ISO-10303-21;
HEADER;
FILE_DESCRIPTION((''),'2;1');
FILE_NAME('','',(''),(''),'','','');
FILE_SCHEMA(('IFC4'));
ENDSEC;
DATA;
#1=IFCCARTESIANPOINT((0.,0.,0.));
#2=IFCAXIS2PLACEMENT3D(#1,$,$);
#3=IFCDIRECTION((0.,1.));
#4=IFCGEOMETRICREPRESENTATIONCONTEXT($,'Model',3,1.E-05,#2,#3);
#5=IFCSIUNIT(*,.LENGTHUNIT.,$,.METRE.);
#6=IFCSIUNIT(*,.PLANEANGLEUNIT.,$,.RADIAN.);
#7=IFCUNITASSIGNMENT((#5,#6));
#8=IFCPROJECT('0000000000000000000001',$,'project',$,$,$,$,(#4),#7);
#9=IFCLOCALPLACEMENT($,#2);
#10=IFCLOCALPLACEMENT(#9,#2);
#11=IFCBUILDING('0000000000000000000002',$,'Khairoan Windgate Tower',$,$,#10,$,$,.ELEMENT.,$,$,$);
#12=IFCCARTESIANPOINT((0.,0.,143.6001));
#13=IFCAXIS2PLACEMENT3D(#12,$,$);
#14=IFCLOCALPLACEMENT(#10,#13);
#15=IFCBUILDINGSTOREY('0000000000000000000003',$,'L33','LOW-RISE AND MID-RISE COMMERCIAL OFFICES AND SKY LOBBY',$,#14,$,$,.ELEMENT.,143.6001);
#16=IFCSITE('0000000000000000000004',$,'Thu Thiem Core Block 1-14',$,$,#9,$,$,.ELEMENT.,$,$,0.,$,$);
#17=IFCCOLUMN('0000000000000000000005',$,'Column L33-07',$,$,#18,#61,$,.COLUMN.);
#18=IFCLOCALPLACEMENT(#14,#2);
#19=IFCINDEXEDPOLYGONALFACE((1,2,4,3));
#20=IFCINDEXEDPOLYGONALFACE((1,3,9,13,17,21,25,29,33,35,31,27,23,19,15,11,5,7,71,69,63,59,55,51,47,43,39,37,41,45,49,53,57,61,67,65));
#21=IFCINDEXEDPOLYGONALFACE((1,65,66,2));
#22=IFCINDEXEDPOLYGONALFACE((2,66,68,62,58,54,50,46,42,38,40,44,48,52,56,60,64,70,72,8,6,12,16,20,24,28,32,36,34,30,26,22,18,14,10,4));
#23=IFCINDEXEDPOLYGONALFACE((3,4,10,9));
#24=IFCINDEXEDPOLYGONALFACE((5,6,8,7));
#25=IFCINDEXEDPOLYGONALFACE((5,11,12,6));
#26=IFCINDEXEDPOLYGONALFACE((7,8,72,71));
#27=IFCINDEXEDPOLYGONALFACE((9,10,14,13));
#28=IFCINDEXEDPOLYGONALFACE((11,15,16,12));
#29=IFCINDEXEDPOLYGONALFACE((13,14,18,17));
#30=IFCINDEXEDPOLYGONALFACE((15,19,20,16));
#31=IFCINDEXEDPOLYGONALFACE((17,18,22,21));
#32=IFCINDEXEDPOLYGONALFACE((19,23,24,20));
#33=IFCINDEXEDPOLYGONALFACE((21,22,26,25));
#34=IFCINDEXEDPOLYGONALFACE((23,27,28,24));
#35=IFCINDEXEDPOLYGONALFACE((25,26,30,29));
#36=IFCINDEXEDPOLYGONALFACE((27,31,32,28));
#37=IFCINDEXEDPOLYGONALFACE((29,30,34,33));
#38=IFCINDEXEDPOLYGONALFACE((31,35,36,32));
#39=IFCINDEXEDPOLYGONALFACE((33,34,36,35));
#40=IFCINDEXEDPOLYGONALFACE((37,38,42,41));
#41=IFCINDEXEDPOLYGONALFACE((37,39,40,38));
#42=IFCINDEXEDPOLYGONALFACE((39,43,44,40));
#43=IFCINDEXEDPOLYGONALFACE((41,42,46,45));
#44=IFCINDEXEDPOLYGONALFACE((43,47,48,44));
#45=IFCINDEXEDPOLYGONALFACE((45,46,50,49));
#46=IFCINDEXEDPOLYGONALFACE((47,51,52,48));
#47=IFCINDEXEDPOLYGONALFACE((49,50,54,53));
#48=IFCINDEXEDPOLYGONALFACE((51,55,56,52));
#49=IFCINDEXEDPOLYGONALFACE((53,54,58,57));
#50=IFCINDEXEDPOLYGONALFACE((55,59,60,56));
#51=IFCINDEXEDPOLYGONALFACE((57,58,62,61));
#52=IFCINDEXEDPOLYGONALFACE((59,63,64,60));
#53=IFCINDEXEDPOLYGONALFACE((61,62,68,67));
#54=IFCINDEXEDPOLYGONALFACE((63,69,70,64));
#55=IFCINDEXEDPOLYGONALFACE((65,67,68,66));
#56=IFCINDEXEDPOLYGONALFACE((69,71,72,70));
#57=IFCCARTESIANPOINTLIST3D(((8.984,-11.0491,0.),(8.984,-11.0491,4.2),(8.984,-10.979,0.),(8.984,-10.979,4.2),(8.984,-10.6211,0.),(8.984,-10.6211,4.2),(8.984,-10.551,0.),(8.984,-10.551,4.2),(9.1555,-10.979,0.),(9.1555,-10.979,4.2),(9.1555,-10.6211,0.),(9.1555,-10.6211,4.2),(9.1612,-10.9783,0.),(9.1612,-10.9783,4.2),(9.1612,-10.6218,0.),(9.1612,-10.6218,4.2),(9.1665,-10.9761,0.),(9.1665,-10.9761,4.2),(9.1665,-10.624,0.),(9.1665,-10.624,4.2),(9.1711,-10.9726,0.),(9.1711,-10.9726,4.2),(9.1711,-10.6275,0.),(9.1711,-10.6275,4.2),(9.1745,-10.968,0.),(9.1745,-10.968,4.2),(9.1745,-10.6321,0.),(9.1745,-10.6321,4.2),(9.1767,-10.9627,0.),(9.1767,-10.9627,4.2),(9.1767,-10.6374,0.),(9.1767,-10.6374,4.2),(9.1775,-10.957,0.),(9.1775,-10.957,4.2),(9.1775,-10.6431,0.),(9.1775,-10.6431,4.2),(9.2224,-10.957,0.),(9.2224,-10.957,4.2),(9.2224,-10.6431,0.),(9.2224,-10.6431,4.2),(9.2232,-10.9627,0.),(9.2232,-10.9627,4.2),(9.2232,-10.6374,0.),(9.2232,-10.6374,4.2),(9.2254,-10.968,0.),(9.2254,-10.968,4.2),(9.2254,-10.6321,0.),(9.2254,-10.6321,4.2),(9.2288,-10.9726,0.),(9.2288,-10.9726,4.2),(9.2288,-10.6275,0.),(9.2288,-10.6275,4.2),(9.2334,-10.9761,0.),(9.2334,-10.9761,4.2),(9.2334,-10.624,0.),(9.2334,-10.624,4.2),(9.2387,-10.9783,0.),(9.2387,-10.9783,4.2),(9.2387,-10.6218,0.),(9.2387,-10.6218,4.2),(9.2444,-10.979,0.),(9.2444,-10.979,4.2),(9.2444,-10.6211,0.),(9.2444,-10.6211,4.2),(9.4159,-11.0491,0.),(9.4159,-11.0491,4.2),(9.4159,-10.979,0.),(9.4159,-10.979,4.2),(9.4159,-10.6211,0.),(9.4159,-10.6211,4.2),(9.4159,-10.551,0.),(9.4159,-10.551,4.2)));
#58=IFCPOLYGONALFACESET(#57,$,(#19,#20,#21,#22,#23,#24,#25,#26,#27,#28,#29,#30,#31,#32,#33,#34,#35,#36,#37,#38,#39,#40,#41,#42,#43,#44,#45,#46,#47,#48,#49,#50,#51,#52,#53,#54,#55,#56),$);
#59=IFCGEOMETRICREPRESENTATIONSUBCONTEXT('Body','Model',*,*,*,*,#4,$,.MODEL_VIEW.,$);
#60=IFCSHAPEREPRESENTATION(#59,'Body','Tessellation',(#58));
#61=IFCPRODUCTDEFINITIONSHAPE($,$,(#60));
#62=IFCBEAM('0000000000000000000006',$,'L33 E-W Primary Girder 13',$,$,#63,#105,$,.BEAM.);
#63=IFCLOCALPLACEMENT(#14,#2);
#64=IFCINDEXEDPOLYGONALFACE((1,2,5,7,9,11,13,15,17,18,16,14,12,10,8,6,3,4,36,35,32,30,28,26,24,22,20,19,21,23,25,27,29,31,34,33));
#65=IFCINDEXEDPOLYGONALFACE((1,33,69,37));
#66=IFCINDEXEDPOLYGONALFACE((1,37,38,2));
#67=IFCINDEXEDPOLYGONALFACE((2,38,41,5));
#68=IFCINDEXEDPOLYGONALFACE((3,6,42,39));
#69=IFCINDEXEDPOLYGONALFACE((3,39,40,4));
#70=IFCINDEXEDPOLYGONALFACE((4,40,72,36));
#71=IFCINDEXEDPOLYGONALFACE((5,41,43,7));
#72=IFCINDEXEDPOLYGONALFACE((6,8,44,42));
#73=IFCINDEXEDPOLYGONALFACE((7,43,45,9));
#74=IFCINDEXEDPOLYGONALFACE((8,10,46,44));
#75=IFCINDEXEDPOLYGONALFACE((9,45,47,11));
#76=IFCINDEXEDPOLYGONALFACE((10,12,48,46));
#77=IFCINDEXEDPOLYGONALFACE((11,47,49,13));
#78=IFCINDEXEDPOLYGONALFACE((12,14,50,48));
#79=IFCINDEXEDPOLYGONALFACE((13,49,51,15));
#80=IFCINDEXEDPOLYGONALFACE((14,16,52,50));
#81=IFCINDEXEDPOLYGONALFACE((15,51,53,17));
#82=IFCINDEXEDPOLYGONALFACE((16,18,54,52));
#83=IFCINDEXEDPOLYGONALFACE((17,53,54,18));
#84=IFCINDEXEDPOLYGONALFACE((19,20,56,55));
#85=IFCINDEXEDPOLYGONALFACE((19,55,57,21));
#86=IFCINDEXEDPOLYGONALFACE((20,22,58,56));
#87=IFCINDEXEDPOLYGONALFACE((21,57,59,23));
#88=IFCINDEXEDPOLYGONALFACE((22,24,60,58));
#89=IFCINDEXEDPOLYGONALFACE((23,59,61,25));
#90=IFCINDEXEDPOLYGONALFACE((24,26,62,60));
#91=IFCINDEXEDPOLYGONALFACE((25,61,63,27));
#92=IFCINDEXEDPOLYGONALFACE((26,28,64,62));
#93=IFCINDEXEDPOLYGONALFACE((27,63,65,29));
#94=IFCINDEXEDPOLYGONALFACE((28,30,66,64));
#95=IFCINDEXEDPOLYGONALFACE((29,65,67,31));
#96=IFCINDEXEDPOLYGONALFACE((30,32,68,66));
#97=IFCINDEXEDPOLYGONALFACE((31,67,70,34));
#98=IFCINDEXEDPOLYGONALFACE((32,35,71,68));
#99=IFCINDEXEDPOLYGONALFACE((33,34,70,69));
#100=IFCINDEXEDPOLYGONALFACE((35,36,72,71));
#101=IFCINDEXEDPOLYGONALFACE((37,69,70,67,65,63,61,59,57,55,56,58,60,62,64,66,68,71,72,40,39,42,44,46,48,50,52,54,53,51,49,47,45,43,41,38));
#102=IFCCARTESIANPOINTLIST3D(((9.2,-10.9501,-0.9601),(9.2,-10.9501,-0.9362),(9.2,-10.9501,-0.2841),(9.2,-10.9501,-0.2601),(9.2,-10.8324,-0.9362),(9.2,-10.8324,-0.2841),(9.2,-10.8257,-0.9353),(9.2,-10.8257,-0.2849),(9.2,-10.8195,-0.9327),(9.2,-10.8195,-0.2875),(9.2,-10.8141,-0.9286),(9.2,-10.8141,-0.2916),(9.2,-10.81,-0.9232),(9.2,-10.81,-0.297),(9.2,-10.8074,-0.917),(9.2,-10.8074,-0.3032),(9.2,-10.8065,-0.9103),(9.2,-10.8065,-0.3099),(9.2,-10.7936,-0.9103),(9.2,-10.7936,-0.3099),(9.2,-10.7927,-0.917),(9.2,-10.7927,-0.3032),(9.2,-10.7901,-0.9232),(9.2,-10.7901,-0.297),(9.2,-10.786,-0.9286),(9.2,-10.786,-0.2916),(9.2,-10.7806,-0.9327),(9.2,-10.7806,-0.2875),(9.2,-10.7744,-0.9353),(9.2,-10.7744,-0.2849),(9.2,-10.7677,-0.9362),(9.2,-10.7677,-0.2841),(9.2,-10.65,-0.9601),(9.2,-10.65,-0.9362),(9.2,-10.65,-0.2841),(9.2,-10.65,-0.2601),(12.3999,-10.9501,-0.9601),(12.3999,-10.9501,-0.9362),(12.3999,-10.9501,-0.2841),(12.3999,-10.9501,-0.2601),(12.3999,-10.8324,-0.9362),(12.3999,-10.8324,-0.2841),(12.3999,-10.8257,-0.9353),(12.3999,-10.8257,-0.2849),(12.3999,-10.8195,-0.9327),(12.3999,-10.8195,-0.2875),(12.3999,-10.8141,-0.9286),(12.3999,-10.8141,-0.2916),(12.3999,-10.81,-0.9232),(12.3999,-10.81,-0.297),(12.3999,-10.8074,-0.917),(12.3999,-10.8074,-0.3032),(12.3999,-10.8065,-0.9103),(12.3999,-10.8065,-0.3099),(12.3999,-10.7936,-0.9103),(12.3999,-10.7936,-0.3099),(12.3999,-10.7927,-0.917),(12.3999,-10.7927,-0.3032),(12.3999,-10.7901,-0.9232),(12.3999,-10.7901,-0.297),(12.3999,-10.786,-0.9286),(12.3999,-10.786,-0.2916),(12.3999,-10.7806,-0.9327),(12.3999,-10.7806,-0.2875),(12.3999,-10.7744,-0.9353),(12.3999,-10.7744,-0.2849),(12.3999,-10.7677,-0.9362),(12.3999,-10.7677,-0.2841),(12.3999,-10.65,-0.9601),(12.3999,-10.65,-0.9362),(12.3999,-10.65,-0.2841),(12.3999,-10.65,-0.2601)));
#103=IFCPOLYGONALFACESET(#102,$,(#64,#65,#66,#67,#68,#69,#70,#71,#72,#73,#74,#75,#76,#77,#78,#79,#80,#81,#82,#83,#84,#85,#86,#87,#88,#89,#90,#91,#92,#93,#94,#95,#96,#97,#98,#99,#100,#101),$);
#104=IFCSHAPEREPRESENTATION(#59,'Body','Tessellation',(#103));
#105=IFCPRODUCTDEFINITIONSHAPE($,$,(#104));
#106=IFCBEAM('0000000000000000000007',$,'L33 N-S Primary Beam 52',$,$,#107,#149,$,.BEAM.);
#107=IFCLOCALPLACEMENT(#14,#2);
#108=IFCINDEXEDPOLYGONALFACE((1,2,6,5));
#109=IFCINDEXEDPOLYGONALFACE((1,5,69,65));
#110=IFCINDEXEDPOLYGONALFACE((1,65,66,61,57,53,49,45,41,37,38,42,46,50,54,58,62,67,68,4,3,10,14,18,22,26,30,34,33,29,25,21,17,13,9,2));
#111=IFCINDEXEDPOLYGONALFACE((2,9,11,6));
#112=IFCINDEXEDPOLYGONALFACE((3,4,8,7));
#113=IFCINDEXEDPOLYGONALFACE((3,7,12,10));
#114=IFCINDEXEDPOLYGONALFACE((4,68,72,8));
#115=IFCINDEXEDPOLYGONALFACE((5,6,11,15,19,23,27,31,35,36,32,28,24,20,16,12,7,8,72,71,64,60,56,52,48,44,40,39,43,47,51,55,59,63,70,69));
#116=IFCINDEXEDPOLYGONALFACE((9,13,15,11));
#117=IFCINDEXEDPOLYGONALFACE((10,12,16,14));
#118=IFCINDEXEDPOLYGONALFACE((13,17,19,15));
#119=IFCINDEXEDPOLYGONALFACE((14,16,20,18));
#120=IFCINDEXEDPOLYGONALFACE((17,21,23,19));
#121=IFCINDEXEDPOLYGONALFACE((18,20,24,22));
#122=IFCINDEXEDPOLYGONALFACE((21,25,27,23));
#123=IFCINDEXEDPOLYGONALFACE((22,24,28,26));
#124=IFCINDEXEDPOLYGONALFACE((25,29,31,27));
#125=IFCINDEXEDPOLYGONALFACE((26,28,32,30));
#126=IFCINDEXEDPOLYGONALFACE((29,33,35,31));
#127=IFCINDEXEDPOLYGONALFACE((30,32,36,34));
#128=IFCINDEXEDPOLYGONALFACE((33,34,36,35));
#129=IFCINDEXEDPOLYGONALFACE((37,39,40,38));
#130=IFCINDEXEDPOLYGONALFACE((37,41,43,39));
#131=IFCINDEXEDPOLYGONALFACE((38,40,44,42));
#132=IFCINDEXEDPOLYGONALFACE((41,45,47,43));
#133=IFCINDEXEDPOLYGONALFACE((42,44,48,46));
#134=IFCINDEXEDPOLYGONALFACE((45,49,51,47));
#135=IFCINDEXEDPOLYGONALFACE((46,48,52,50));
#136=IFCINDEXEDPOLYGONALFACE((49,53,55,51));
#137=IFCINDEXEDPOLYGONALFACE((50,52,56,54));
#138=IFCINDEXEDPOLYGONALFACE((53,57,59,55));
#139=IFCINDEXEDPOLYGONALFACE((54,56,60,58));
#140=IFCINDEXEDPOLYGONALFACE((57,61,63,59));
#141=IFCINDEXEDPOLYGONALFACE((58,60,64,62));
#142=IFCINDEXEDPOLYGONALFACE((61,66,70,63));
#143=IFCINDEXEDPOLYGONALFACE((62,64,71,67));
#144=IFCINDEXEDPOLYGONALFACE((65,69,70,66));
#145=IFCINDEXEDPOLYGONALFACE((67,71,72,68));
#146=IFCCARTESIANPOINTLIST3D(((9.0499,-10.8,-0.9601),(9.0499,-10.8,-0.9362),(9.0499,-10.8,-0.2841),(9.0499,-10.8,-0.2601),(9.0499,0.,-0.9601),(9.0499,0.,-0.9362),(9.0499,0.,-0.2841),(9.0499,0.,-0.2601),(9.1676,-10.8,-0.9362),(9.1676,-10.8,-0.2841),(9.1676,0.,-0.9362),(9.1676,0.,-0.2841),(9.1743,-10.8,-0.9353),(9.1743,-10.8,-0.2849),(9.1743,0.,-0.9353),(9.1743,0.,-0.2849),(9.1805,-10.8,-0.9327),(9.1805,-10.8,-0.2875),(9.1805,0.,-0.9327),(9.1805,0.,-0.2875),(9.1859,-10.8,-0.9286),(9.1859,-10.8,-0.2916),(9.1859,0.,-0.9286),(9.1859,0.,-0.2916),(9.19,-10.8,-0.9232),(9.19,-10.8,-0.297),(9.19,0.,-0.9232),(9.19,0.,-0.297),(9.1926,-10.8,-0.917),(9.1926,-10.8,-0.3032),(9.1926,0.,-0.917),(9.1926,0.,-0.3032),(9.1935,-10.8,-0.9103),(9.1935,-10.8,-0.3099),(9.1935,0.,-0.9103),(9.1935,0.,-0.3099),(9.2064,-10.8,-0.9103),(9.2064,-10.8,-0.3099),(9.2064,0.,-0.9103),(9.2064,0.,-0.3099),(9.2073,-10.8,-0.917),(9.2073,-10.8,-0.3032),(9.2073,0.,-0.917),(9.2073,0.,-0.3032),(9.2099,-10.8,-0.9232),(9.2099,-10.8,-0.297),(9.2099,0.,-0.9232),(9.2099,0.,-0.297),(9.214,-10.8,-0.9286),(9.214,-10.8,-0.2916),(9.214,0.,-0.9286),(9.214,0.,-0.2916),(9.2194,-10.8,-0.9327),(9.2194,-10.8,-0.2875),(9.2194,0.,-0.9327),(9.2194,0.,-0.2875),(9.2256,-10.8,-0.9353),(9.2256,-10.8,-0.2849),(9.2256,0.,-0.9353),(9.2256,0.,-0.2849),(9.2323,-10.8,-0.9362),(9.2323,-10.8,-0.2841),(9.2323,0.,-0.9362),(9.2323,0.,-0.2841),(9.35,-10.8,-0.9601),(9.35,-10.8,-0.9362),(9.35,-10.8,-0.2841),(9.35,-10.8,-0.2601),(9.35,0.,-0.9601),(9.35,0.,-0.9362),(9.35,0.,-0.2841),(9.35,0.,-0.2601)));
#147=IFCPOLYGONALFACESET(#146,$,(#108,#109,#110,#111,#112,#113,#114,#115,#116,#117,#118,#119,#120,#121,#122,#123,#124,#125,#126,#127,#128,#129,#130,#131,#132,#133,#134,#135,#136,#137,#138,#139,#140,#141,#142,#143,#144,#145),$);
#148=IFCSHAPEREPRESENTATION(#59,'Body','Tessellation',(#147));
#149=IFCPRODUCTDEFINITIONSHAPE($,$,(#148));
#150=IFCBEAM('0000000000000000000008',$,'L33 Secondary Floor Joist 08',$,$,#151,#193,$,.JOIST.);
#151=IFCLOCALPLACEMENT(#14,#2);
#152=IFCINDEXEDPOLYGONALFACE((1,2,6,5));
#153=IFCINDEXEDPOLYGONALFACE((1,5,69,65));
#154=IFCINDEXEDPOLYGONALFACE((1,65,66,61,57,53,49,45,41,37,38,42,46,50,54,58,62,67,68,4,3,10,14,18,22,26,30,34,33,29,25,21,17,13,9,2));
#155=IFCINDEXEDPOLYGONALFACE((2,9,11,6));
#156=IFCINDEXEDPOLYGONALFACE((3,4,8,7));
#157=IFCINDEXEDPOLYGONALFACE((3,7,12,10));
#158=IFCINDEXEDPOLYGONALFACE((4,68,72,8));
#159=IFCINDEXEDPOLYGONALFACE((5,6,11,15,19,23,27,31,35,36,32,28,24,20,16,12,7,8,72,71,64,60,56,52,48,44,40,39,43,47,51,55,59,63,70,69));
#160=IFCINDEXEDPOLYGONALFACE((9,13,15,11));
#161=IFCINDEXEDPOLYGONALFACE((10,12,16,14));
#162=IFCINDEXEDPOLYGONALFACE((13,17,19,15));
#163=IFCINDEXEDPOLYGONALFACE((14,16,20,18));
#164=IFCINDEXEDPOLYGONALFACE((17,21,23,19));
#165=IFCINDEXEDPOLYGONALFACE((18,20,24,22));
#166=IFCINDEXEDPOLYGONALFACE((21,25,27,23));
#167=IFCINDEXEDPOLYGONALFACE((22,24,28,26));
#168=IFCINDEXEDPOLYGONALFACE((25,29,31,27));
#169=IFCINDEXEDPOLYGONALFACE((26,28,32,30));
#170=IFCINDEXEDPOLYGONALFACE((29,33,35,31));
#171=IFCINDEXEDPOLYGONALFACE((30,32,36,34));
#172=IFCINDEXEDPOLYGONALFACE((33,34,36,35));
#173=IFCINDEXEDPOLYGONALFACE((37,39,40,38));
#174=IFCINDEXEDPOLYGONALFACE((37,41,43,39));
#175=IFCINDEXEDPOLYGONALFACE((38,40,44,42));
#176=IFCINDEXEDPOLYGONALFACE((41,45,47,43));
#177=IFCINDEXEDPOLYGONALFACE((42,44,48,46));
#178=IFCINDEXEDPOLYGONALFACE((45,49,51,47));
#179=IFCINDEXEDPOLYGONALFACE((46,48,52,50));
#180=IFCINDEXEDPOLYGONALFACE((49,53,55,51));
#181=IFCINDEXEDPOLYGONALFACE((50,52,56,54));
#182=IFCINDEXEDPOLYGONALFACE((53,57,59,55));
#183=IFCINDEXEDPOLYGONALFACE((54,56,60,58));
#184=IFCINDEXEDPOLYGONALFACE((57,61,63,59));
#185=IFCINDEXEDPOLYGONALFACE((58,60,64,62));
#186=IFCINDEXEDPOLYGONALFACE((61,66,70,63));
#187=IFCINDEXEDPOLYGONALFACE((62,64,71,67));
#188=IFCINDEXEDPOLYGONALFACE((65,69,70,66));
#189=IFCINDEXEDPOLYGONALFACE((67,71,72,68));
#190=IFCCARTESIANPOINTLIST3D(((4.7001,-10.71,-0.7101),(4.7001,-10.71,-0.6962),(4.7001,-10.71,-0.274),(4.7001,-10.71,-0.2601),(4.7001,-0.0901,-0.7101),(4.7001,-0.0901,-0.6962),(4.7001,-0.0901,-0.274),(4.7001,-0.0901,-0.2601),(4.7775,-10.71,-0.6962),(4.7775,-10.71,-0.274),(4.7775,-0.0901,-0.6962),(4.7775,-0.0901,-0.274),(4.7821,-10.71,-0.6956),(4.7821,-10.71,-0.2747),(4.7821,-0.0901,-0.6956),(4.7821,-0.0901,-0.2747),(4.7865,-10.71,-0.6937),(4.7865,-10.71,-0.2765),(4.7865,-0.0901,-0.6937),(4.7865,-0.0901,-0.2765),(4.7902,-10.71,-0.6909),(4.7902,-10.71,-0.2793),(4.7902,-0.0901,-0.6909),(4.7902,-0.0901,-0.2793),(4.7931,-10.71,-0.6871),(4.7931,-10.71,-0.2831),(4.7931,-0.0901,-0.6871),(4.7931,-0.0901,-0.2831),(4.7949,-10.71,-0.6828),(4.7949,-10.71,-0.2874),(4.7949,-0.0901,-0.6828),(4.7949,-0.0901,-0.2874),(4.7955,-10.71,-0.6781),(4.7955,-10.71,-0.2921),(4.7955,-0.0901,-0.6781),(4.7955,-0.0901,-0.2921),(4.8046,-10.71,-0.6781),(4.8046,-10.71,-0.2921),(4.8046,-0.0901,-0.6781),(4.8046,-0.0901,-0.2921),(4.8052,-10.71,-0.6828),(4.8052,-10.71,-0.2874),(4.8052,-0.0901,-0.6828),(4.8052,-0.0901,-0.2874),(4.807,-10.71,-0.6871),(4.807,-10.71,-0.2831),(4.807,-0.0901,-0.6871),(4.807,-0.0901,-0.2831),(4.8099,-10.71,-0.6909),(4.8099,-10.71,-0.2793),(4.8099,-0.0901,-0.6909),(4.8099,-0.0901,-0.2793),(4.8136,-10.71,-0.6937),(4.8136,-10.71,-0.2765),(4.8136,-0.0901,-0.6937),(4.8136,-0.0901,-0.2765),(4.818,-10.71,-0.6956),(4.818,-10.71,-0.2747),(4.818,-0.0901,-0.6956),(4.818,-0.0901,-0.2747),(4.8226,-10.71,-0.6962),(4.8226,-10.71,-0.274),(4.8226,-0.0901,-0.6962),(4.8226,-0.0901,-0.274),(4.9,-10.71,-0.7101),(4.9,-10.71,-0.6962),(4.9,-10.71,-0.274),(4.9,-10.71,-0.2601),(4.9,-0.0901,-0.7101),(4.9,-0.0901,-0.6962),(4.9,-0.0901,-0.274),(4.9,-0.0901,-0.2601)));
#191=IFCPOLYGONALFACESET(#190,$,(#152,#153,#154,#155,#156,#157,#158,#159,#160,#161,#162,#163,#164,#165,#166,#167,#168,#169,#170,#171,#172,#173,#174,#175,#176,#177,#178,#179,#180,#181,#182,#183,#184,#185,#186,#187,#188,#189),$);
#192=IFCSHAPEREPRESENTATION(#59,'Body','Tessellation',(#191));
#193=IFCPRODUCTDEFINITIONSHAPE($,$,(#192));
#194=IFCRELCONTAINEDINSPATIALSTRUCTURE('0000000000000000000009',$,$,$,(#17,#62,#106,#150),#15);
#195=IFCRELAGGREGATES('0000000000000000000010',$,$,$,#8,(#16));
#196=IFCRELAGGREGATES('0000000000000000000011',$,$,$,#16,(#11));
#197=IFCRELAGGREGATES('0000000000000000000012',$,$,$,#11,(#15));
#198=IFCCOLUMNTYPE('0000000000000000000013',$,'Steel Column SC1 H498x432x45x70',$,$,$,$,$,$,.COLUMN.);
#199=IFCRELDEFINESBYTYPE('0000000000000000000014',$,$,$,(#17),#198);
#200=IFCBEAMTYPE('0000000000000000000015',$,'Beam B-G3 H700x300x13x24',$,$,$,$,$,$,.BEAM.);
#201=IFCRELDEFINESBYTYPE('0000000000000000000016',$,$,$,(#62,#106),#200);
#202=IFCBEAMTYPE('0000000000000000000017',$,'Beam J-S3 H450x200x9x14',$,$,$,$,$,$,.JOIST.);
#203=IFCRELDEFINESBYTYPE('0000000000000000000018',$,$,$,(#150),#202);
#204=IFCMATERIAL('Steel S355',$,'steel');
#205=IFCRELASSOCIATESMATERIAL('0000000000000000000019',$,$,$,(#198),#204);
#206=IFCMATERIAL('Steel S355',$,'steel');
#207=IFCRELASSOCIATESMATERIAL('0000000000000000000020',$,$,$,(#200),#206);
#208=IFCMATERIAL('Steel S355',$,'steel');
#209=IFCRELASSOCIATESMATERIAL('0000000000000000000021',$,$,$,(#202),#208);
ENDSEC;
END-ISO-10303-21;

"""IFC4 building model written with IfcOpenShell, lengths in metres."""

from ifc_helpers import new_model, si_unit, direction, frame, origin, origin_2d, place, context, subcontext, project, spatial, i_section, extrude, material, material_profile, profile_set, type_object, element, save


model = new_model("IFC4")

# Units and contexts
model_context = context("Model", 3, precision=1e-05, world=origin(), true_north=direction((0.0, 1.0)))
body_context = subcontext(model_context, "Body", "Model", "MODEL_VIEW")
ifc_project = project(units=[si_unit("LENGTHUNIT", "METRE"), si_unit("PLANEANGLEUNIT", "RADIAN")], contexts=[model_context])

# Site, building, storey
site_placement = place(None, origin())
site = spatial("IfcSite", under=ifc_project, at=site_placement, Name="Thu Thiem Core Block 1-14", CompositionType="ELEMENT", RefElevation=0.0)
building_placement = place(site_placement, origin())
building = spatial("IfcBuilding", under=site, at=building_placement, Name="Khairoan Windgate Tower", CompositionType="ELEMENT")
storey_placement = place(building_placement, frame((0.0, 0.0, 143.6001)))
storey = spatial("IfcBuildingStorey", under=building, at=storey_placement, Name="L33", Description="LOW-RISE AND MID-RISE COMMERCIAL OFFICES AND SKY LOBBY", CompositionType="ELEMENT", Elevation=143.6001)

# Column
ifc_material_1 = material(Name="Steel S355", Category="steel")
ifc_material_profile_1 = material_profile(ifc_material_1, i_section(OverallWidth=0.4319, OverallDepth=0.498, WebThickness=0.0449, FlangeThickness=0.0701, FilletRadius=0.022, at=origin_2d()))
ifc_profile_set_1 = profile_set([ifc_material_profile_1], Name="Steel S355")
column_type = type_object("IfcColumnType", Name="Steel Column SC1 H498x432x45x70", PredefinedType="COLUMN", material=ifc_profile_set_1)
column_placement = place(storey_placement, frame((9.2, -10.8, 0.0), z_axis=(0.0, 0.0, 1.0), x_axis=(1.0, 0.0, 0.0)))
element("IfcColumn", 1, at=column_placement, inside=storey, type_object=column_type, Name="Column L33-07", PredefinedType="COLUMN", context=body_context, shape_type="SweptSolid", body=[
    extrude(i_section(OverallWidth=0.4319, OverallDepth=0.498, WebThickness=0.0449, FlangeThickness=0.0701, FilletRadius=0.022, at=origin_2d()), origin(), (0.0, 0.0, 1.0), 4.2),
])

# Beams
ifc_material_2 = material(Name="Steel S355", Category="steel")
ifc_material_profile_2 = material_profile(ifc_material_2, i_section(OverallWidth=0.3, OverallDepth=0.7, WebThickness=0.0129, FlangeThickness=0.0239, FilletRadius=0.0259, at=origin_2d()))
ifc_profile_set_2 = profile_set([ifc_material_profile_2], Name="Steel S355")
beam_type_1 = type_object("IfcBeamType", Name="Beam B-G3 H700x300x13x24", PredefinedType="BEAM", material=ifc_profile_set_2)
beam_1_placement = place(storey_placement, frame((9.2, -10.8, -0.6101), z_axis=(1.0, 0.0, 0.0), x_axis=(0.0, 1.0, 0.0)))
element("IfcBeam", 2, at=beam_1_placement, inside=storey, type_object=beam_type_1, Name="L33 E-W Primary Girder 13", PredefinedType="BEAM", context=body_context, shape_type="SweptSolid", body=[
    extrude(i_section(OverallWidth=0.3, OverallDepth=0.7, WebThickness=0.0129, FlangeThickness=0.0239, FilletRadius=0.0259, at=origin_2d()), origin(), (0.0, 0.0, 1.0), 3.2),
])
beam_2_placement = place(storey_placement, frame((9.2, -10.8, -0.6101), z_axis=(0.0, 1.0, 0.0), x_axis=(-1.0, 0.0, 0.0)))
element("IfcBeam", 3, at=beam_2_placement, inside=storey, type_object=beam_type_1, Name="L33 N-S Primary Beam 52", PredefinedType="BEAM", context=body_context, shape_type="SweptSolid", body=[
    extrude(i_section(OverallWidth=0.3, OverallDepth=0.7, WebThickness=0.0129, FlangeThickness=0.0239, FilletRadius=0.0259, at=origin_2d()), origin(), (0.0, 0.0, 1.0), 10.8),
])
ifc_material_3 = material(Name="Steel S355", Category="steel")
ifc_material_profile_3 = material_profile(ifc_material_3, i_section(OverallWidth=0.2, OverallDepth=0.45, WebThickness=0.009, FlangeThickness=0.0139, FilletRadius=0.0181, at=origin_2d()))
ifc_profile_set_3 = profile_set([ifc_material_profile_3], Name="Steel S355")
beam_type_2 = type_object("IfcBeamType", Name="Beam J-S3 H450x200x9x14", PredefinedType="JOIST", material=ifc_profile_set_3)
beam_3_placement = place(storey_placement, frame((4.8, -10.71, -0.4851), z_axis=(0.0, 1.0, 0.0), x_axis=(-1.0, 0.0, 0.0)))
element("IfcBeam", 4, at=beam_3_placement, inside=storey, type_object=beam_type_2, Name="L33 Secondary Floor Joist 08", PredefinedType="JOIST", context=body_context, shape_type="SweptSolid", body=[
    extrude(i_section(OverallWidth=0.2, OverallDepth=0.45, WebThickness=0.009, FlangeThickness=0.0139, FilletRadius=0.0181, at=origin_2d()), origin(), (0.0, 0.0, 1.0), 10.6199),
])

save(model, "model.ifc")
